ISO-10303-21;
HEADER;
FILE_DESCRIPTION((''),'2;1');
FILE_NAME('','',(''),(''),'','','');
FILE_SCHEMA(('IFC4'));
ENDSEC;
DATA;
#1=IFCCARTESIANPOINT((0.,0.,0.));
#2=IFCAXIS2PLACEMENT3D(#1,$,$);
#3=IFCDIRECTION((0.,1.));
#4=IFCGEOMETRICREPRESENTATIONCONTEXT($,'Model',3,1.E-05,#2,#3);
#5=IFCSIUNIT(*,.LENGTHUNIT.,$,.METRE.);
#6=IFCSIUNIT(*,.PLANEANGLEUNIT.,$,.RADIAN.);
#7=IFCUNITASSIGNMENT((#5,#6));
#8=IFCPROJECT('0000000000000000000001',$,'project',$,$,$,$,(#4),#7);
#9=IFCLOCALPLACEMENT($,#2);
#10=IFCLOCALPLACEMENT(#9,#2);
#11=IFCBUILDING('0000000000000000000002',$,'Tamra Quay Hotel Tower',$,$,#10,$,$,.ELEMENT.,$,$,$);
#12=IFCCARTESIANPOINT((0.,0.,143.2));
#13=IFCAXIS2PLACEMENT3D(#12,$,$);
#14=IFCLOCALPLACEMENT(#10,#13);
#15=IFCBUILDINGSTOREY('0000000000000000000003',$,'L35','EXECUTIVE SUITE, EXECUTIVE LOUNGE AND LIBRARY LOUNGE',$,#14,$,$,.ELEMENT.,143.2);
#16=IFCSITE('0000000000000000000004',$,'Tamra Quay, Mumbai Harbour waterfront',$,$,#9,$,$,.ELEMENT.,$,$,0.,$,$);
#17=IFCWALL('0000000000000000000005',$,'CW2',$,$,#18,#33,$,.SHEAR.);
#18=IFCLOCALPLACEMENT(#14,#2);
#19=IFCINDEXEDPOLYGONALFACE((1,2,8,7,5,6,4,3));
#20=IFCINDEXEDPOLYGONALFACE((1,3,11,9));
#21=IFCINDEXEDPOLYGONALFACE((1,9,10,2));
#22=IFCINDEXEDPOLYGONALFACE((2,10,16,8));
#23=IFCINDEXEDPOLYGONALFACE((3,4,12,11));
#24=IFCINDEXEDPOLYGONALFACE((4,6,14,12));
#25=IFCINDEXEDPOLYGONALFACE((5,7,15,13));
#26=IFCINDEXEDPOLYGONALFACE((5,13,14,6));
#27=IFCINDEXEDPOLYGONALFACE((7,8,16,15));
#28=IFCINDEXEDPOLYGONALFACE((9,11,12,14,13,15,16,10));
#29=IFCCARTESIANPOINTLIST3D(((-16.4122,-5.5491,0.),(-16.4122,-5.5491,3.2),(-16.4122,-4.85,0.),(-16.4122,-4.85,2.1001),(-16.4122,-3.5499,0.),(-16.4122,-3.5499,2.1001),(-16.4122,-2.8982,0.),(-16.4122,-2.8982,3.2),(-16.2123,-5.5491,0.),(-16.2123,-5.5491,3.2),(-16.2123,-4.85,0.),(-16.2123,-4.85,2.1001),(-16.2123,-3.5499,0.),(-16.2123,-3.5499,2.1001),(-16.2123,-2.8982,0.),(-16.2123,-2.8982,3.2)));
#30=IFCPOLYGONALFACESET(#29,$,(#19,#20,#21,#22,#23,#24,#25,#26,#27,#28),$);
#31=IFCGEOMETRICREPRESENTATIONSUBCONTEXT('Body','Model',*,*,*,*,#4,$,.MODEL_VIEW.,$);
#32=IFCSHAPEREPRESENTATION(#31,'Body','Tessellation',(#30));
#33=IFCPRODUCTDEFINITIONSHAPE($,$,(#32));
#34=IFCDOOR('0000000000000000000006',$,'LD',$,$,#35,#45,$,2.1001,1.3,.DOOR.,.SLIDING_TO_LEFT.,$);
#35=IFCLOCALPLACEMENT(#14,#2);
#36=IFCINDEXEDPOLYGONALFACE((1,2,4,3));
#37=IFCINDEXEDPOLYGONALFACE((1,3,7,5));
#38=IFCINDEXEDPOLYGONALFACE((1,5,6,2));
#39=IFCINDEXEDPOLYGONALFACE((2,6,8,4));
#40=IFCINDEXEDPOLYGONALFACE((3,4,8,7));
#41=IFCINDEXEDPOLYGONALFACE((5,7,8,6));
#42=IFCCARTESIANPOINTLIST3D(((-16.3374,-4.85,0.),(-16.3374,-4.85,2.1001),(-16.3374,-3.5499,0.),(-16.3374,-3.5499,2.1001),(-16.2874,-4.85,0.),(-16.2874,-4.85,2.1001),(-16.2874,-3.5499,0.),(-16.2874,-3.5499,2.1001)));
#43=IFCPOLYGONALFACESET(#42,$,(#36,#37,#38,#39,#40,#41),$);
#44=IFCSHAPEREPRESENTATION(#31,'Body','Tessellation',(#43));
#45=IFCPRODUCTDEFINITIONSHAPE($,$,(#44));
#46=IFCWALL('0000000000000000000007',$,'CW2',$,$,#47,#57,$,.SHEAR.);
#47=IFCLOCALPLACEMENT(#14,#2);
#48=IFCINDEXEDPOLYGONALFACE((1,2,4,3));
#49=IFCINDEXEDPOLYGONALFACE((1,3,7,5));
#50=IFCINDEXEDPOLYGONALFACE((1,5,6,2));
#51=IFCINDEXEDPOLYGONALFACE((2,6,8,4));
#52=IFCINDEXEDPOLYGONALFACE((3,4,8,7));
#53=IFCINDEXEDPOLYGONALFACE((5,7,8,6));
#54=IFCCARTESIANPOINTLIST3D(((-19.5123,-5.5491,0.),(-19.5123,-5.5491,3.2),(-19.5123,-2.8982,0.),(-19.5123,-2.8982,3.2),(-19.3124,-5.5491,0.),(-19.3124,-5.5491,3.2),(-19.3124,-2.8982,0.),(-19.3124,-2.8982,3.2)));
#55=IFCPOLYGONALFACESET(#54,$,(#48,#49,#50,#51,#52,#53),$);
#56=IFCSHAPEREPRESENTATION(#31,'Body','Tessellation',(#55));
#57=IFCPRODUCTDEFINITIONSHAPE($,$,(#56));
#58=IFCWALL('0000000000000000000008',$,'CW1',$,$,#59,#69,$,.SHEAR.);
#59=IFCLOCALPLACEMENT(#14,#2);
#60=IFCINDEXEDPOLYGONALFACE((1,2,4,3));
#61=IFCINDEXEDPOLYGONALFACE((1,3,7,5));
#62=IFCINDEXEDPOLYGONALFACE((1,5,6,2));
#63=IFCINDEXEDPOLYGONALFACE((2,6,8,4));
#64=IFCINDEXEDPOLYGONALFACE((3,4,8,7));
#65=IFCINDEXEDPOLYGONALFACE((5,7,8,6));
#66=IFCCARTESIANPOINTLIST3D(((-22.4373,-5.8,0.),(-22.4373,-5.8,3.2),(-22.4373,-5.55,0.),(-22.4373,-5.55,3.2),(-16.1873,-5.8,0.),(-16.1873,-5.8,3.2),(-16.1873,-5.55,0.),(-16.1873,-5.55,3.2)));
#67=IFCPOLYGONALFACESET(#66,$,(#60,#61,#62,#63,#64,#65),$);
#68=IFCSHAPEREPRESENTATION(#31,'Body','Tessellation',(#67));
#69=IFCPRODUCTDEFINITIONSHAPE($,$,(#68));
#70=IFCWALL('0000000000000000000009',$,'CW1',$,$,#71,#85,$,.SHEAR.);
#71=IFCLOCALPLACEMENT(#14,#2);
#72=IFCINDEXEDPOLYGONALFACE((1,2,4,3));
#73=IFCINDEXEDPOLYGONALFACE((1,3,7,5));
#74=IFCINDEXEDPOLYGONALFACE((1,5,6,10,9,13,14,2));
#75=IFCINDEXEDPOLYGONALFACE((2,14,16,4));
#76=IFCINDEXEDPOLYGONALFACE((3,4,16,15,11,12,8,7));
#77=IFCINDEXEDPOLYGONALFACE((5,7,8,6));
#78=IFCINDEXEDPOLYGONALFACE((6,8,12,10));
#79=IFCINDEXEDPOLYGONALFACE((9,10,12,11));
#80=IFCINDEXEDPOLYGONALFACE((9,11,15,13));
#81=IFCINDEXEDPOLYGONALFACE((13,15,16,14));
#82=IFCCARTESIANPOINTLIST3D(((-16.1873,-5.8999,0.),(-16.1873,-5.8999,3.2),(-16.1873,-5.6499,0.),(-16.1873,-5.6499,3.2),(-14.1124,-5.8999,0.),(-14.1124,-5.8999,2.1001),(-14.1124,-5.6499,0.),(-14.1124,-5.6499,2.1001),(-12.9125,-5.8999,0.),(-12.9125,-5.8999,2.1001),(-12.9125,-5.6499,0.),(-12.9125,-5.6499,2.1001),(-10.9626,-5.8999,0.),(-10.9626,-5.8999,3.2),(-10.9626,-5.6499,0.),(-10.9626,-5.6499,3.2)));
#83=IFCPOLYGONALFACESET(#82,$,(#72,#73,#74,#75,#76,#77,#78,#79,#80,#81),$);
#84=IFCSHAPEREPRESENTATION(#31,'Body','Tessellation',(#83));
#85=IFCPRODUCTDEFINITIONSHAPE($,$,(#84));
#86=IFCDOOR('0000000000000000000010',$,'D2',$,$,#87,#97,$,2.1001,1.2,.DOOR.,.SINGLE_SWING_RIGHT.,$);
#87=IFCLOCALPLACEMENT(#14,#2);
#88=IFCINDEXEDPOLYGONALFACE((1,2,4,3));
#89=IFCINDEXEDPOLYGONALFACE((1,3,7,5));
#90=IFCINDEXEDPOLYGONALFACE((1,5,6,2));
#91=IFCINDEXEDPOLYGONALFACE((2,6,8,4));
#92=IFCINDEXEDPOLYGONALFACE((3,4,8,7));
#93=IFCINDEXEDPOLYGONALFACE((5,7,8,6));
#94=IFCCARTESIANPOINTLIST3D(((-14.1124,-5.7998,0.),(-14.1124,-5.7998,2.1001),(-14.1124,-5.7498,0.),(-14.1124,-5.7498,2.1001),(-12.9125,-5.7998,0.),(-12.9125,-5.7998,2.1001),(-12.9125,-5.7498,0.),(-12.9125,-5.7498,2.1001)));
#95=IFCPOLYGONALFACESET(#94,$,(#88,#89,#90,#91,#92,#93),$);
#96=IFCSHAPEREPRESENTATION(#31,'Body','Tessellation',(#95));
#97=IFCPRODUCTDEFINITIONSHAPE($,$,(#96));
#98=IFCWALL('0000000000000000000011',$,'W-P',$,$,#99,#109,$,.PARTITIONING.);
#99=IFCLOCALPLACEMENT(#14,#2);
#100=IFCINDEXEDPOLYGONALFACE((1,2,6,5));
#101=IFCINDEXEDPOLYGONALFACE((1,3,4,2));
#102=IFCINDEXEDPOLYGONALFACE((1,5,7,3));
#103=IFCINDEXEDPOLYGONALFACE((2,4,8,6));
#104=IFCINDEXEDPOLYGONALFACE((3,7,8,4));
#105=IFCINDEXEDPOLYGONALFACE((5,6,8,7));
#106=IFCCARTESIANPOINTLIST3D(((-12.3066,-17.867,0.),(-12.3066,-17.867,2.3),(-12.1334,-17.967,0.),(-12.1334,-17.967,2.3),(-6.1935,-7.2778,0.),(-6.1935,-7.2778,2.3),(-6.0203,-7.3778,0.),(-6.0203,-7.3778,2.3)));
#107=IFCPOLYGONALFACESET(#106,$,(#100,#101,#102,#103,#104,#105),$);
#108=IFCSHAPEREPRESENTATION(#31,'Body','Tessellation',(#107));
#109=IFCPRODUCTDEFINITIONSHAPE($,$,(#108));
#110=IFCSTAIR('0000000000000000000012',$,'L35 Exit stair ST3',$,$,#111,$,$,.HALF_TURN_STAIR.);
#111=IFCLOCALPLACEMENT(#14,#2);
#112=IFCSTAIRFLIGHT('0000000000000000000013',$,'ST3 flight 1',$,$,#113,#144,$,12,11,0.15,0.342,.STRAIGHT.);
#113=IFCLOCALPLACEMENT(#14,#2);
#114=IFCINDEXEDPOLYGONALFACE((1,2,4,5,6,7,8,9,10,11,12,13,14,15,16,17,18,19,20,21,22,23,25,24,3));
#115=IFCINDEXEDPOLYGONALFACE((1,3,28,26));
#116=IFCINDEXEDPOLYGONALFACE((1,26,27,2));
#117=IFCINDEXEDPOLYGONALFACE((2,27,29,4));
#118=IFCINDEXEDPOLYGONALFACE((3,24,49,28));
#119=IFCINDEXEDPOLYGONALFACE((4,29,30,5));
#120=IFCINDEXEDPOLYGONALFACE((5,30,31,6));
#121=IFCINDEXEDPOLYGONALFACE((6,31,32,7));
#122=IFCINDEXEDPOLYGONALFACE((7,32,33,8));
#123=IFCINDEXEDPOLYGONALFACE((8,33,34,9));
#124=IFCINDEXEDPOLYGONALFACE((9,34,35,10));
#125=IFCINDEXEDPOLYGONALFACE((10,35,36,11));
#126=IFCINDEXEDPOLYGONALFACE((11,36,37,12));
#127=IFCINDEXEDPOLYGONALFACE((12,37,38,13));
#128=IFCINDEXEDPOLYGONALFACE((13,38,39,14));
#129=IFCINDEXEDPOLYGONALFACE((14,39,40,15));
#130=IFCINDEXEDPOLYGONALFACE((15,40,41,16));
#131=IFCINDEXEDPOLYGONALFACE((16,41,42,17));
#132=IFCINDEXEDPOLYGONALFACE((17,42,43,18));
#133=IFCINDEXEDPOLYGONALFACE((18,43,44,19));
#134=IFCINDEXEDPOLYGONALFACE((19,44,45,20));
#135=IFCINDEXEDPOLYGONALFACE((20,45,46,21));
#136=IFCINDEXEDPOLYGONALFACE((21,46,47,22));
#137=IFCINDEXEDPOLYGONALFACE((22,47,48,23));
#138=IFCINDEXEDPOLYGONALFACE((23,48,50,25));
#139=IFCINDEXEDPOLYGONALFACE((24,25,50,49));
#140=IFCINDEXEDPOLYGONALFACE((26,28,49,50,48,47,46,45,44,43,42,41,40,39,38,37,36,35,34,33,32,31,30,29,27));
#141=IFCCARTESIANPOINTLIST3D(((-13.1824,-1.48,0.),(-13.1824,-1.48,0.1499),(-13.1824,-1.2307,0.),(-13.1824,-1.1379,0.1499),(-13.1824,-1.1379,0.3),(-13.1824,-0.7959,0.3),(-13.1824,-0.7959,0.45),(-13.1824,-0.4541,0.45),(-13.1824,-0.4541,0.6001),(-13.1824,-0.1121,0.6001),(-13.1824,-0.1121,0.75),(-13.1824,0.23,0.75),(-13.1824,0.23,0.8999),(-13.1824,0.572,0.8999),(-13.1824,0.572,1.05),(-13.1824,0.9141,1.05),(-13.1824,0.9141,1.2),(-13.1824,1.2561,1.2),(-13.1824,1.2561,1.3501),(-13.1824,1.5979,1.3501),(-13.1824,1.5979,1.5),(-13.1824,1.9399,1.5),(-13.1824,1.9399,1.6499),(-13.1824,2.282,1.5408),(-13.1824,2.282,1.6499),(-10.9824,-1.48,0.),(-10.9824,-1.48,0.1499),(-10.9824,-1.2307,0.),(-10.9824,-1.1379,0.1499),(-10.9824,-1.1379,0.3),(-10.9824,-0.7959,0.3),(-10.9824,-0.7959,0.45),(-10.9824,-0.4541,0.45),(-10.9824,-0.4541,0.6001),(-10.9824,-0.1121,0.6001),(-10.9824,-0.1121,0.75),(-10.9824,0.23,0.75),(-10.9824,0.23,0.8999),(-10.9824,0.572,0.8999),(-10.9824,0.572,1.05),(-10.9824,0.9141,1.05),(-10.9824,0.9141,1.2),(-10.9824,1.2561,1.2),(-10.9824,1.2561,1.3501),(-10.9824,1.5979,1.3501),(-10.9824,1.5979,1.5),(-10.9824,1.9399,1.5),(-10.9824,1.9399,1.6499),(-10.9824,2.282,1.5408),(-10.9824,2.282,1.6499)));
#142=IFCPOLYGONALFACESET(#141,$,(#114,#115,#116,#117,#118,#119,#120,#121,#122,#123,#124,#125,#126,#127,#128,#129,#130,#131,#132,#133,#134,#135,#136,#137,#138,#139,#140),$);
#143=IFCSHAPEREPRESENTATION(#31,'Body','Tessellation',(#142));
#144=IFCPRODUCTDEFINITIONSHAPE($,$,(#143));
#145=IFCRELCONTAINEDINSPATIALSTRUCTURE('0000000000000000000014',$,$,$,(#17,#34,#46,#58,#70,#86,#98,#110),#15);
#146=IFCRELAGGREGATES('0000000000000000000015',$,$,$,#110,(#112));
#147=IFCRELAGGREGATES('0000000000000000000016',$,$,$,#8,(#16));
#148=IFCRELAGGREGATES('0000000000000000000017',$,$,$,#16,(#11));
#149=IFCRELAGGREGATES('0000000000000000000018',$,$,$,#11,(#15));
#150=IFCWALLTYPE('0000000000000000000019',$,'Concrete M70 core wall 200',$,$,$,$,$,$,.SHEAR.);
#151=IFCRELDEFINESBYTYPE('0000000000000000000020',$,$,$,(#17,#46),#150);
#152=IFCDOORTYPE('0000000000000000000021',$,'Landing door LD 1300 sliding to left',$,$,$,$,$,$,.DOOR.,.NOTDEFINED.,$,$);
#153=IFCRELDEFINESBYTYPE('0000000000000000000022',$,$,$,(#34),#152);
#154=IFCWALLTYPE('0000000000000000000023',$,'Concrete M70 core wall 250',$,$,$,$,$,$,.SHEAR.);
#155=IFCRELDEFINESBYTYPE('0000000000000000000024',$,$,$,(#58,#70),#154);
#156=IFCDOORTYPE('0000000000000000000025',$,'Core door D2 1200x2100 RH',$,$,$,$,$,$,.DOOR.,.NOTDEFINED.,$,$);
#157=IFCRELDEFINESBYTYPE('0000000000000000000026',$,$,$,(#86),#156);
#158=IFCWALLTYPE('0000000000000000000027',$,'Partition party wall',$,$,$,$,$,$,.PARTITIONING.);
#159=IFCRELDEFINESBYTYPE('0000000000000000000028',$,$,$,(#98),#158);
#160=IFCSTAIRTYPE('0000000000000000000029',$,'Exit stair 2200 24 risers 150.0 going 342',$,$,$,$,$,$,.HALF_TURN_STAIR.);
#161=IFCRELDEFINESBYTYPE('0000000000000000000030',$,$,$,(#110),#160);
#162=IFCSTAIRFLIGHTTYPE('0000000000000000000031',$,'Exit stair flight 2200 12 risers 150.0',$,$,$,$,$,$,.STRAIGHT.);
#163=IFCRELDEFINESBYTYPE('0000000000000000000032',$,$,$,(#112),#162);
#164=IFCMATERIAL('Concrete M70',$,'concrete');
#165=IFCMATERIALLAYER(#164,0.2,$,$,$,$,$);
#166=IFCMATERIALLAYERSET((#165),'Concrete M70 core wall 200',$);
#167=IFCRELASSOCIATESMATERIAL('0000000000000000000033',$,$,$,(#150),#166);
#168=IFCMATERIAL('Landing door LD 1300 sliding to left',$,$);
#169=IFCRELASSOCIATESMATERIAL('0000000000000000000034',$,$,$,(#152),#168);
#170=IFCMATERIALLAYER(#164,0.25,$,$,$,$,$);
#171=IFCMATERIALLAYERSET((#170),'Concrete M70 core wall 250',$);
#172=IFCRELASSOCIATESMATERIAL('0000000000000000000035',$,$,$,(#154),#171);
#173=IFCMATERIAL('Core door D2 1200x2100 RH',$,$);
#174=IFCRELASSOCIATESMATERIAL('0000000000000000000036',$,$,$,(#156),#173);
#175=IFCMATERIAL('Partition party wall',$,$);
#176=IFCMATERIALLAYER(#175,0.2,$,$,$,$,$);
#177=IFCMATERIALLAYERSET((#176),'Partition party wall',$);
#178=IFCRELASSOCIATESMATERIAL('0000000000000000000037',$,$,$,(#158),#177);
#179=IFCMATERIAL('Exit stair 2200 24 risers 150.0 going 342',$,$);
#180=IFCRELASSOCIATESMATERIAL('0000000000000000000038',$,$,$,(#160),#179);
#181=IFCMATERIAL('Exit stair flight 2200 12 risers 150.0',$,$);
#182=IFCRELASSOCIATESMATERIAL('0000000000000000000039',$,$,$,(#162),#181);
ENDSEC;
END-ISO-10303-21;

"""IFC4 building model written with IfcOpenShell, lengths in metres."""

from ifc_helpers import new_model, si_unit, direction, frame, frame_2d, origin, place, context, subcontext, project, spatial, polyline, rectangle, outline, extrude, material, layer, layer_set, type_object, element, fill, aggregate, save


model = new_model("IFC4")

# Units and contexts
model_context = context("Model", 3, precision=1e-05, world=origin(), true_north=direction((0.0, 1.0)))
body_context = subcontext(model_context, "Body", "Model", "MODEL_VIEW")
ifc_project = project(units=[si_unit("LENGTHUNIT", "METRE"), si_unit("PLANEANGLEUNIT", "RADIAN")], contexts=[model_context])

# Site, building, storey
site_placement = place(None, origin())
site = spatial("IfcSite", under=ifc_project, at=site_placement, Name="Tamra Quay, Mumbai Harbour waterfront", CompositionType="ELEMENT", RefElevation=0.0)
building_placement = place(site_placement, origin())
building = spatial("IfcBuilding", under=site, at=building_placement, Name="Tamra Quay Hotel Tower", CompositionType="ELEMENT")
storey_placement = place(building_placement, frame((0.0, 0.0, 143.2)))
storey = spatial("IfcBuildingStorey", under=building, at=storey_placement, Name="L35", Description="EXECUTIVE SUITE, EXECUTIVE LOUNGE AND LIBRARY LOUNGE", CompositionType="ELEMENT", Elevation=143.2)

# Shared definitions
ifc_material_1 = material(Name="Concrete M70", Category="concrete")

# Shared definitions
ifc_layer_1 = layer(ifc_material_1, 0.2)
ifc_layer_set_1 = layer_set([ifc_layer_1], Name="Concrete M70 core wall 200")
wall_type_1 = type_object("IfcWallType", Name="Concrete M70 core wall 200", PredefinedType="SHEAR", material=ifc_layer_set_1)

# Wall, opening, door
wall_1_placement = place(storey_placement, frame((-16.3123, -2.8982, 0.0), z_axis=(0.0, 0.0, 1.0), x_axis=(0.0, -1.0, 0.0)))
wall_1 = element("IfcWall", 1, at=wall_1_placement, inside=storey, type_object=wall_type_1, Name="CW2", PredefinedType="SHEAR", context=body_context, shape_type="SweptSolid", body=[
    extrude(rectangle(XDim=2.6509, YDim=0.2, at=frame_2d((1.3254, 0.0))), origin(), (0.0, 0.0, 1.0), 3.2),
])
opening_1_placement = place(wall_1_placement, frame((0.6519, 0.0, 0.0)))
opening_1 = element("IfcOpeningElement", 2, at=opening_1_placement, cuts=wall_1, PredefinedType="OPENING", context=body_context, shape_type="SweptSolid", body=[
    extrude(rectangle(XDim=1.3, YDim=2.1001, at=frame_2d((0.6499, 1.05))), frame((0.0, 0.1099, 0.0), z_axis=(0.0, -1.0, 0.0), x_axis=(1.0, 0.0, 0.0)), (0.0, 0.0, 1.0), 0.22),
])
ifc_material_2 = material(Name="Landing door LD 1300 sliding to left")
door_type_1 = type_object("IfcDoorType", Name="Landing door LD 1300 sliding to left", OperationType="NOTDEFINED", PredefinedType="DOOR", material=ifc_material_2)
door_1_placement = place(opening_1_placement, origin())
door_1 = element("IfcDoor", 3, at=door_1_placement, inside=storey, type_object=door_type_1, Name="LD", OperationType="SLIDING_TO_LEFT", OverallHeight=2.1001, OverallWidth=1.3, PredefinedType="DOOR", context=body_context, shape_type="SweptSolid", body=[
    extrude(rectangle(XDim=1.3, YDim=2.1001, at=frame_2d((0.6499, 1.05))), frame((0.0, 0.0249, 0.0), z_axis=(0.0, -1.0, 0.0), x_axis=(1.0, 0.0, 0.0)), (0.0, 0.0, 1.0), 0.05),
])
fill(opening_1, door_1)

# Walls
wall_2_placement = place(storey_placement, frame((-19.4124, -5.5491, 0.0), z_axis=(0.0, 0.0, 1.0), x_axis=(0.0, 1.0, 0.0)))
element("IfcWall", 4, at=wall_2_placement, inside=storey, type_object=wall_type_1, Name="CW2", PredefinedType="SHEAR", context=body_context, shape_type="SweptSolid", body=[
    extrude(rectangle(XDim=2.6509, YDim=0.2, at=frame_2d((1.3254, 0.0))), origin(), (0.0, 0.0, 1.0), 3.2),
])
ifc_layer_2 = layer(ifc_material_1, 0.25)
ifc_layer_set_2 = layer_set([ifc_layer_2], Name="Concrete M70 core wall 250")
wall_type_2 = type_object("IfcWallType", Name="Concrete M70 core wall 250", PredefinedType="SHEAR", material=ifc_layer_set_2)
wall_3_placement = place(storey_placement, frame((-16.1873, -5.675, 0.0), z_axis=(0.0, 0.0, 1.0), x_axis=(-1.0, 0.0, 0.0)))
element("IfcWall", 5, at=wall_3_placement, inside=storey, type_object=wall_type_2, Name="CW1", PredefinedType="SHEAR", context=body_context, shape_type="SweptSolid", body=[
    extrude(rectangle(XDim=6.25, YDim=0.25, at=frame_2d((3.125, 0.0))), origin(), (0.0, 0.0, 1.0), 3.2),
])

# Wall, opening, door
wall_4_placement = place(storey_placement, frame((-10.9626, -5.7749, 0.0), z_axis=(0.0, 0.0, 1.0), x_axis=(-1.0, 0.0, 0.0)))
wall_4 = element("IfcWall", 6, at=wall_4_placement, inside=storey, type_object=wall_type_2, Name="CW1", PredefinedType="SHEAR", context=body_context, shape_type="SweptSolid", body=[
    extrude(rectangle(XDim=5.2246, YDim=0.25, at=frame_2d((2.6123, 0.0))), origin(), (0.0, 0.0, 1.0), 3.2),
])
opening_2_placement = place(wall_4_placement, frame((1.9497, 0.0, 0.0)))
opening_2 = element("IfcOpeningElement", 7, at=opening_2_placement, cuts=wall_4, PredefinedType="OPENING", context=body_context, shape_type="SweptSolid", body=[
    extrude(rectangle(XDim=1.2, YDim=2.1001, at=frame_2d((0.6001, 1.05))), frame((0.0, 0.135, 0.0), z_axis=(0.0, -1.0, 0.0), x_axis=(1.0, 0.0, 0.0)), (0.0, 0.0, 1.0), 0.27),
])
ifc_material_3 = material(Name="Core door D2 1200x2100 RH")
door_type_2 = type_object("IfcDoorType", Name="Core door D2 1200x2100 RH", OperationType="NOTDEFINED", PredefinedType="DOOR", material=ifc_material_3)
door_2_placement = place(opening_2_placement, origin())
door_2 = element("IfcDoor", 8, at=door_2_placement, inside=storey, type_object=door_type_2, Name="D2", OperationType="SINGLE_SWING_RIGHT", OverallHeight=2.1001, OverallWidth=1.2, PredefinedType="DOOR", context=body_context, shape_type="SweptSolid", body=[
    extrude(rectangle(XDim=1.2, YDim=2.1001, at=frame_2d((0.6001, 1.05))), frame((0.0, 0.0249, 0.0), z_axis=(0.0, -1.0, 0.0), x_axis=(1.0, 0.0, 0.0)), (0.0, 0.0, 1.0), 0.05),
])
fill(opening_2, door_2)

# Wall
ifc_material_4 = material(Name="Partition party wall")
ifc_layer_3 = layer(ifc_material_4, 0.2)
ifc_layer_set_3 = layer_set([ifc_layer_3], Name="Partition party wall")
wall_type_3 = type_object("IfcWallType", Name="Partition party wall", PredefinedType="PARTITIONING", material=ifc_layer_set_3)
wall_5_placement = place(storey_placement, frame((-12.22, -17.917, 0.0), z_axis=(0.0, 0.0, 1.0), x_axis=(0.499964, 0.866046, 0.0)))
element("IfcWall", 9, at=wall_5_placement, inside=storey, type_object=wall_type_3, Name="W-P", PredefinedType="PARTITIONING", context=body_context, shape_type="SweptSolid", body=[
    extrude(rectangle(XDim=12.2271, YDim=0.2, at=frame_2d((6.1135, 0.0))), origin(), (0.0, 0.0, 1.0), 2.3),
])

# Stair, stair flight
ifc_material_5 = material(Name="Exit stair 2200 24 risers 150.0 going 342")
stair_type = type_object("IfcStairType", Name="Exit stair 2200 24 risers 150.0 going 342", PredefinedType="HALF_TURN_STAIR", material=ifc_material_5)
stair_placement = place(storey_placement, origin())
stair = element("IfcStair", 10, at=stair_placement, inside=storey, type_object=stair_type, Name="L35 Exit stair ST3", PredefinedType="HALF_TURN_STAIR")
ifc_material_6 = material(Name="Exit stair flight 2200 12 risers 150.0")
stair_flight_type = type_object("IfcStairFlightType", Name="Exit stair flight 2200 12 risers 150.0", PredefinedType="STRAIGHT", material=ifc_material_6)
stair_flight_placement = place(storey_placement, frame((-12.0823, -1.48, 0.0), z_axis=(0.0, 0.0, 1.0), x_axis=(0.0, 1.0, 0.0)))
stair_flight = element("IfcStairFlight", 11, at=stair_flight_placement, type_object=stair_flight_type, Name="ST3 flight 1", NumberOfRisers=12, NumberOfTreads=11, PredefinedType="STRAIGHT", RiserHeight=0.15, TreadLength=0.342, context=body_context, shape_type="SweptSolid", body=[
    extrude(outline(polyline([(0.0, 0.0), (0.0, 0.1499), (0.342, 0.1499), (0.342, 0.3), (0.6841, 0.3), (0.6841, 0.45), (1.0259, 0.45), (1.0259, 0.6001), (1.3679, 0.6001), (1.3679, 0.75), (1.71, 0.75), (1.71, 0.8999), (2.052, 0.8999), (2.052, 1.05), (2.394, 1.05), (2.394, 1.2), (2.7361, 1.2), (2.7361, 1.3501), (3.0779, 1.3501), (3.0779, 1.5), (3.4199, 1.5), (3.4199, 1.6499), (3.762, 1.6499), (3.762, 1.8), (3.762, 1.5408), (0.2493, 0.0), (0.0, 0.0)])), frame((0.0, 1.1001, 0.0), z_axis=(0.0, -1.0, 0.0), x_axis=(1.0, 0.0, 0.0)), (0.0, 0.0, 1.0), 2.2),
])
aggregate(stair, [stair_flight])

save(model, "model.ifc")
